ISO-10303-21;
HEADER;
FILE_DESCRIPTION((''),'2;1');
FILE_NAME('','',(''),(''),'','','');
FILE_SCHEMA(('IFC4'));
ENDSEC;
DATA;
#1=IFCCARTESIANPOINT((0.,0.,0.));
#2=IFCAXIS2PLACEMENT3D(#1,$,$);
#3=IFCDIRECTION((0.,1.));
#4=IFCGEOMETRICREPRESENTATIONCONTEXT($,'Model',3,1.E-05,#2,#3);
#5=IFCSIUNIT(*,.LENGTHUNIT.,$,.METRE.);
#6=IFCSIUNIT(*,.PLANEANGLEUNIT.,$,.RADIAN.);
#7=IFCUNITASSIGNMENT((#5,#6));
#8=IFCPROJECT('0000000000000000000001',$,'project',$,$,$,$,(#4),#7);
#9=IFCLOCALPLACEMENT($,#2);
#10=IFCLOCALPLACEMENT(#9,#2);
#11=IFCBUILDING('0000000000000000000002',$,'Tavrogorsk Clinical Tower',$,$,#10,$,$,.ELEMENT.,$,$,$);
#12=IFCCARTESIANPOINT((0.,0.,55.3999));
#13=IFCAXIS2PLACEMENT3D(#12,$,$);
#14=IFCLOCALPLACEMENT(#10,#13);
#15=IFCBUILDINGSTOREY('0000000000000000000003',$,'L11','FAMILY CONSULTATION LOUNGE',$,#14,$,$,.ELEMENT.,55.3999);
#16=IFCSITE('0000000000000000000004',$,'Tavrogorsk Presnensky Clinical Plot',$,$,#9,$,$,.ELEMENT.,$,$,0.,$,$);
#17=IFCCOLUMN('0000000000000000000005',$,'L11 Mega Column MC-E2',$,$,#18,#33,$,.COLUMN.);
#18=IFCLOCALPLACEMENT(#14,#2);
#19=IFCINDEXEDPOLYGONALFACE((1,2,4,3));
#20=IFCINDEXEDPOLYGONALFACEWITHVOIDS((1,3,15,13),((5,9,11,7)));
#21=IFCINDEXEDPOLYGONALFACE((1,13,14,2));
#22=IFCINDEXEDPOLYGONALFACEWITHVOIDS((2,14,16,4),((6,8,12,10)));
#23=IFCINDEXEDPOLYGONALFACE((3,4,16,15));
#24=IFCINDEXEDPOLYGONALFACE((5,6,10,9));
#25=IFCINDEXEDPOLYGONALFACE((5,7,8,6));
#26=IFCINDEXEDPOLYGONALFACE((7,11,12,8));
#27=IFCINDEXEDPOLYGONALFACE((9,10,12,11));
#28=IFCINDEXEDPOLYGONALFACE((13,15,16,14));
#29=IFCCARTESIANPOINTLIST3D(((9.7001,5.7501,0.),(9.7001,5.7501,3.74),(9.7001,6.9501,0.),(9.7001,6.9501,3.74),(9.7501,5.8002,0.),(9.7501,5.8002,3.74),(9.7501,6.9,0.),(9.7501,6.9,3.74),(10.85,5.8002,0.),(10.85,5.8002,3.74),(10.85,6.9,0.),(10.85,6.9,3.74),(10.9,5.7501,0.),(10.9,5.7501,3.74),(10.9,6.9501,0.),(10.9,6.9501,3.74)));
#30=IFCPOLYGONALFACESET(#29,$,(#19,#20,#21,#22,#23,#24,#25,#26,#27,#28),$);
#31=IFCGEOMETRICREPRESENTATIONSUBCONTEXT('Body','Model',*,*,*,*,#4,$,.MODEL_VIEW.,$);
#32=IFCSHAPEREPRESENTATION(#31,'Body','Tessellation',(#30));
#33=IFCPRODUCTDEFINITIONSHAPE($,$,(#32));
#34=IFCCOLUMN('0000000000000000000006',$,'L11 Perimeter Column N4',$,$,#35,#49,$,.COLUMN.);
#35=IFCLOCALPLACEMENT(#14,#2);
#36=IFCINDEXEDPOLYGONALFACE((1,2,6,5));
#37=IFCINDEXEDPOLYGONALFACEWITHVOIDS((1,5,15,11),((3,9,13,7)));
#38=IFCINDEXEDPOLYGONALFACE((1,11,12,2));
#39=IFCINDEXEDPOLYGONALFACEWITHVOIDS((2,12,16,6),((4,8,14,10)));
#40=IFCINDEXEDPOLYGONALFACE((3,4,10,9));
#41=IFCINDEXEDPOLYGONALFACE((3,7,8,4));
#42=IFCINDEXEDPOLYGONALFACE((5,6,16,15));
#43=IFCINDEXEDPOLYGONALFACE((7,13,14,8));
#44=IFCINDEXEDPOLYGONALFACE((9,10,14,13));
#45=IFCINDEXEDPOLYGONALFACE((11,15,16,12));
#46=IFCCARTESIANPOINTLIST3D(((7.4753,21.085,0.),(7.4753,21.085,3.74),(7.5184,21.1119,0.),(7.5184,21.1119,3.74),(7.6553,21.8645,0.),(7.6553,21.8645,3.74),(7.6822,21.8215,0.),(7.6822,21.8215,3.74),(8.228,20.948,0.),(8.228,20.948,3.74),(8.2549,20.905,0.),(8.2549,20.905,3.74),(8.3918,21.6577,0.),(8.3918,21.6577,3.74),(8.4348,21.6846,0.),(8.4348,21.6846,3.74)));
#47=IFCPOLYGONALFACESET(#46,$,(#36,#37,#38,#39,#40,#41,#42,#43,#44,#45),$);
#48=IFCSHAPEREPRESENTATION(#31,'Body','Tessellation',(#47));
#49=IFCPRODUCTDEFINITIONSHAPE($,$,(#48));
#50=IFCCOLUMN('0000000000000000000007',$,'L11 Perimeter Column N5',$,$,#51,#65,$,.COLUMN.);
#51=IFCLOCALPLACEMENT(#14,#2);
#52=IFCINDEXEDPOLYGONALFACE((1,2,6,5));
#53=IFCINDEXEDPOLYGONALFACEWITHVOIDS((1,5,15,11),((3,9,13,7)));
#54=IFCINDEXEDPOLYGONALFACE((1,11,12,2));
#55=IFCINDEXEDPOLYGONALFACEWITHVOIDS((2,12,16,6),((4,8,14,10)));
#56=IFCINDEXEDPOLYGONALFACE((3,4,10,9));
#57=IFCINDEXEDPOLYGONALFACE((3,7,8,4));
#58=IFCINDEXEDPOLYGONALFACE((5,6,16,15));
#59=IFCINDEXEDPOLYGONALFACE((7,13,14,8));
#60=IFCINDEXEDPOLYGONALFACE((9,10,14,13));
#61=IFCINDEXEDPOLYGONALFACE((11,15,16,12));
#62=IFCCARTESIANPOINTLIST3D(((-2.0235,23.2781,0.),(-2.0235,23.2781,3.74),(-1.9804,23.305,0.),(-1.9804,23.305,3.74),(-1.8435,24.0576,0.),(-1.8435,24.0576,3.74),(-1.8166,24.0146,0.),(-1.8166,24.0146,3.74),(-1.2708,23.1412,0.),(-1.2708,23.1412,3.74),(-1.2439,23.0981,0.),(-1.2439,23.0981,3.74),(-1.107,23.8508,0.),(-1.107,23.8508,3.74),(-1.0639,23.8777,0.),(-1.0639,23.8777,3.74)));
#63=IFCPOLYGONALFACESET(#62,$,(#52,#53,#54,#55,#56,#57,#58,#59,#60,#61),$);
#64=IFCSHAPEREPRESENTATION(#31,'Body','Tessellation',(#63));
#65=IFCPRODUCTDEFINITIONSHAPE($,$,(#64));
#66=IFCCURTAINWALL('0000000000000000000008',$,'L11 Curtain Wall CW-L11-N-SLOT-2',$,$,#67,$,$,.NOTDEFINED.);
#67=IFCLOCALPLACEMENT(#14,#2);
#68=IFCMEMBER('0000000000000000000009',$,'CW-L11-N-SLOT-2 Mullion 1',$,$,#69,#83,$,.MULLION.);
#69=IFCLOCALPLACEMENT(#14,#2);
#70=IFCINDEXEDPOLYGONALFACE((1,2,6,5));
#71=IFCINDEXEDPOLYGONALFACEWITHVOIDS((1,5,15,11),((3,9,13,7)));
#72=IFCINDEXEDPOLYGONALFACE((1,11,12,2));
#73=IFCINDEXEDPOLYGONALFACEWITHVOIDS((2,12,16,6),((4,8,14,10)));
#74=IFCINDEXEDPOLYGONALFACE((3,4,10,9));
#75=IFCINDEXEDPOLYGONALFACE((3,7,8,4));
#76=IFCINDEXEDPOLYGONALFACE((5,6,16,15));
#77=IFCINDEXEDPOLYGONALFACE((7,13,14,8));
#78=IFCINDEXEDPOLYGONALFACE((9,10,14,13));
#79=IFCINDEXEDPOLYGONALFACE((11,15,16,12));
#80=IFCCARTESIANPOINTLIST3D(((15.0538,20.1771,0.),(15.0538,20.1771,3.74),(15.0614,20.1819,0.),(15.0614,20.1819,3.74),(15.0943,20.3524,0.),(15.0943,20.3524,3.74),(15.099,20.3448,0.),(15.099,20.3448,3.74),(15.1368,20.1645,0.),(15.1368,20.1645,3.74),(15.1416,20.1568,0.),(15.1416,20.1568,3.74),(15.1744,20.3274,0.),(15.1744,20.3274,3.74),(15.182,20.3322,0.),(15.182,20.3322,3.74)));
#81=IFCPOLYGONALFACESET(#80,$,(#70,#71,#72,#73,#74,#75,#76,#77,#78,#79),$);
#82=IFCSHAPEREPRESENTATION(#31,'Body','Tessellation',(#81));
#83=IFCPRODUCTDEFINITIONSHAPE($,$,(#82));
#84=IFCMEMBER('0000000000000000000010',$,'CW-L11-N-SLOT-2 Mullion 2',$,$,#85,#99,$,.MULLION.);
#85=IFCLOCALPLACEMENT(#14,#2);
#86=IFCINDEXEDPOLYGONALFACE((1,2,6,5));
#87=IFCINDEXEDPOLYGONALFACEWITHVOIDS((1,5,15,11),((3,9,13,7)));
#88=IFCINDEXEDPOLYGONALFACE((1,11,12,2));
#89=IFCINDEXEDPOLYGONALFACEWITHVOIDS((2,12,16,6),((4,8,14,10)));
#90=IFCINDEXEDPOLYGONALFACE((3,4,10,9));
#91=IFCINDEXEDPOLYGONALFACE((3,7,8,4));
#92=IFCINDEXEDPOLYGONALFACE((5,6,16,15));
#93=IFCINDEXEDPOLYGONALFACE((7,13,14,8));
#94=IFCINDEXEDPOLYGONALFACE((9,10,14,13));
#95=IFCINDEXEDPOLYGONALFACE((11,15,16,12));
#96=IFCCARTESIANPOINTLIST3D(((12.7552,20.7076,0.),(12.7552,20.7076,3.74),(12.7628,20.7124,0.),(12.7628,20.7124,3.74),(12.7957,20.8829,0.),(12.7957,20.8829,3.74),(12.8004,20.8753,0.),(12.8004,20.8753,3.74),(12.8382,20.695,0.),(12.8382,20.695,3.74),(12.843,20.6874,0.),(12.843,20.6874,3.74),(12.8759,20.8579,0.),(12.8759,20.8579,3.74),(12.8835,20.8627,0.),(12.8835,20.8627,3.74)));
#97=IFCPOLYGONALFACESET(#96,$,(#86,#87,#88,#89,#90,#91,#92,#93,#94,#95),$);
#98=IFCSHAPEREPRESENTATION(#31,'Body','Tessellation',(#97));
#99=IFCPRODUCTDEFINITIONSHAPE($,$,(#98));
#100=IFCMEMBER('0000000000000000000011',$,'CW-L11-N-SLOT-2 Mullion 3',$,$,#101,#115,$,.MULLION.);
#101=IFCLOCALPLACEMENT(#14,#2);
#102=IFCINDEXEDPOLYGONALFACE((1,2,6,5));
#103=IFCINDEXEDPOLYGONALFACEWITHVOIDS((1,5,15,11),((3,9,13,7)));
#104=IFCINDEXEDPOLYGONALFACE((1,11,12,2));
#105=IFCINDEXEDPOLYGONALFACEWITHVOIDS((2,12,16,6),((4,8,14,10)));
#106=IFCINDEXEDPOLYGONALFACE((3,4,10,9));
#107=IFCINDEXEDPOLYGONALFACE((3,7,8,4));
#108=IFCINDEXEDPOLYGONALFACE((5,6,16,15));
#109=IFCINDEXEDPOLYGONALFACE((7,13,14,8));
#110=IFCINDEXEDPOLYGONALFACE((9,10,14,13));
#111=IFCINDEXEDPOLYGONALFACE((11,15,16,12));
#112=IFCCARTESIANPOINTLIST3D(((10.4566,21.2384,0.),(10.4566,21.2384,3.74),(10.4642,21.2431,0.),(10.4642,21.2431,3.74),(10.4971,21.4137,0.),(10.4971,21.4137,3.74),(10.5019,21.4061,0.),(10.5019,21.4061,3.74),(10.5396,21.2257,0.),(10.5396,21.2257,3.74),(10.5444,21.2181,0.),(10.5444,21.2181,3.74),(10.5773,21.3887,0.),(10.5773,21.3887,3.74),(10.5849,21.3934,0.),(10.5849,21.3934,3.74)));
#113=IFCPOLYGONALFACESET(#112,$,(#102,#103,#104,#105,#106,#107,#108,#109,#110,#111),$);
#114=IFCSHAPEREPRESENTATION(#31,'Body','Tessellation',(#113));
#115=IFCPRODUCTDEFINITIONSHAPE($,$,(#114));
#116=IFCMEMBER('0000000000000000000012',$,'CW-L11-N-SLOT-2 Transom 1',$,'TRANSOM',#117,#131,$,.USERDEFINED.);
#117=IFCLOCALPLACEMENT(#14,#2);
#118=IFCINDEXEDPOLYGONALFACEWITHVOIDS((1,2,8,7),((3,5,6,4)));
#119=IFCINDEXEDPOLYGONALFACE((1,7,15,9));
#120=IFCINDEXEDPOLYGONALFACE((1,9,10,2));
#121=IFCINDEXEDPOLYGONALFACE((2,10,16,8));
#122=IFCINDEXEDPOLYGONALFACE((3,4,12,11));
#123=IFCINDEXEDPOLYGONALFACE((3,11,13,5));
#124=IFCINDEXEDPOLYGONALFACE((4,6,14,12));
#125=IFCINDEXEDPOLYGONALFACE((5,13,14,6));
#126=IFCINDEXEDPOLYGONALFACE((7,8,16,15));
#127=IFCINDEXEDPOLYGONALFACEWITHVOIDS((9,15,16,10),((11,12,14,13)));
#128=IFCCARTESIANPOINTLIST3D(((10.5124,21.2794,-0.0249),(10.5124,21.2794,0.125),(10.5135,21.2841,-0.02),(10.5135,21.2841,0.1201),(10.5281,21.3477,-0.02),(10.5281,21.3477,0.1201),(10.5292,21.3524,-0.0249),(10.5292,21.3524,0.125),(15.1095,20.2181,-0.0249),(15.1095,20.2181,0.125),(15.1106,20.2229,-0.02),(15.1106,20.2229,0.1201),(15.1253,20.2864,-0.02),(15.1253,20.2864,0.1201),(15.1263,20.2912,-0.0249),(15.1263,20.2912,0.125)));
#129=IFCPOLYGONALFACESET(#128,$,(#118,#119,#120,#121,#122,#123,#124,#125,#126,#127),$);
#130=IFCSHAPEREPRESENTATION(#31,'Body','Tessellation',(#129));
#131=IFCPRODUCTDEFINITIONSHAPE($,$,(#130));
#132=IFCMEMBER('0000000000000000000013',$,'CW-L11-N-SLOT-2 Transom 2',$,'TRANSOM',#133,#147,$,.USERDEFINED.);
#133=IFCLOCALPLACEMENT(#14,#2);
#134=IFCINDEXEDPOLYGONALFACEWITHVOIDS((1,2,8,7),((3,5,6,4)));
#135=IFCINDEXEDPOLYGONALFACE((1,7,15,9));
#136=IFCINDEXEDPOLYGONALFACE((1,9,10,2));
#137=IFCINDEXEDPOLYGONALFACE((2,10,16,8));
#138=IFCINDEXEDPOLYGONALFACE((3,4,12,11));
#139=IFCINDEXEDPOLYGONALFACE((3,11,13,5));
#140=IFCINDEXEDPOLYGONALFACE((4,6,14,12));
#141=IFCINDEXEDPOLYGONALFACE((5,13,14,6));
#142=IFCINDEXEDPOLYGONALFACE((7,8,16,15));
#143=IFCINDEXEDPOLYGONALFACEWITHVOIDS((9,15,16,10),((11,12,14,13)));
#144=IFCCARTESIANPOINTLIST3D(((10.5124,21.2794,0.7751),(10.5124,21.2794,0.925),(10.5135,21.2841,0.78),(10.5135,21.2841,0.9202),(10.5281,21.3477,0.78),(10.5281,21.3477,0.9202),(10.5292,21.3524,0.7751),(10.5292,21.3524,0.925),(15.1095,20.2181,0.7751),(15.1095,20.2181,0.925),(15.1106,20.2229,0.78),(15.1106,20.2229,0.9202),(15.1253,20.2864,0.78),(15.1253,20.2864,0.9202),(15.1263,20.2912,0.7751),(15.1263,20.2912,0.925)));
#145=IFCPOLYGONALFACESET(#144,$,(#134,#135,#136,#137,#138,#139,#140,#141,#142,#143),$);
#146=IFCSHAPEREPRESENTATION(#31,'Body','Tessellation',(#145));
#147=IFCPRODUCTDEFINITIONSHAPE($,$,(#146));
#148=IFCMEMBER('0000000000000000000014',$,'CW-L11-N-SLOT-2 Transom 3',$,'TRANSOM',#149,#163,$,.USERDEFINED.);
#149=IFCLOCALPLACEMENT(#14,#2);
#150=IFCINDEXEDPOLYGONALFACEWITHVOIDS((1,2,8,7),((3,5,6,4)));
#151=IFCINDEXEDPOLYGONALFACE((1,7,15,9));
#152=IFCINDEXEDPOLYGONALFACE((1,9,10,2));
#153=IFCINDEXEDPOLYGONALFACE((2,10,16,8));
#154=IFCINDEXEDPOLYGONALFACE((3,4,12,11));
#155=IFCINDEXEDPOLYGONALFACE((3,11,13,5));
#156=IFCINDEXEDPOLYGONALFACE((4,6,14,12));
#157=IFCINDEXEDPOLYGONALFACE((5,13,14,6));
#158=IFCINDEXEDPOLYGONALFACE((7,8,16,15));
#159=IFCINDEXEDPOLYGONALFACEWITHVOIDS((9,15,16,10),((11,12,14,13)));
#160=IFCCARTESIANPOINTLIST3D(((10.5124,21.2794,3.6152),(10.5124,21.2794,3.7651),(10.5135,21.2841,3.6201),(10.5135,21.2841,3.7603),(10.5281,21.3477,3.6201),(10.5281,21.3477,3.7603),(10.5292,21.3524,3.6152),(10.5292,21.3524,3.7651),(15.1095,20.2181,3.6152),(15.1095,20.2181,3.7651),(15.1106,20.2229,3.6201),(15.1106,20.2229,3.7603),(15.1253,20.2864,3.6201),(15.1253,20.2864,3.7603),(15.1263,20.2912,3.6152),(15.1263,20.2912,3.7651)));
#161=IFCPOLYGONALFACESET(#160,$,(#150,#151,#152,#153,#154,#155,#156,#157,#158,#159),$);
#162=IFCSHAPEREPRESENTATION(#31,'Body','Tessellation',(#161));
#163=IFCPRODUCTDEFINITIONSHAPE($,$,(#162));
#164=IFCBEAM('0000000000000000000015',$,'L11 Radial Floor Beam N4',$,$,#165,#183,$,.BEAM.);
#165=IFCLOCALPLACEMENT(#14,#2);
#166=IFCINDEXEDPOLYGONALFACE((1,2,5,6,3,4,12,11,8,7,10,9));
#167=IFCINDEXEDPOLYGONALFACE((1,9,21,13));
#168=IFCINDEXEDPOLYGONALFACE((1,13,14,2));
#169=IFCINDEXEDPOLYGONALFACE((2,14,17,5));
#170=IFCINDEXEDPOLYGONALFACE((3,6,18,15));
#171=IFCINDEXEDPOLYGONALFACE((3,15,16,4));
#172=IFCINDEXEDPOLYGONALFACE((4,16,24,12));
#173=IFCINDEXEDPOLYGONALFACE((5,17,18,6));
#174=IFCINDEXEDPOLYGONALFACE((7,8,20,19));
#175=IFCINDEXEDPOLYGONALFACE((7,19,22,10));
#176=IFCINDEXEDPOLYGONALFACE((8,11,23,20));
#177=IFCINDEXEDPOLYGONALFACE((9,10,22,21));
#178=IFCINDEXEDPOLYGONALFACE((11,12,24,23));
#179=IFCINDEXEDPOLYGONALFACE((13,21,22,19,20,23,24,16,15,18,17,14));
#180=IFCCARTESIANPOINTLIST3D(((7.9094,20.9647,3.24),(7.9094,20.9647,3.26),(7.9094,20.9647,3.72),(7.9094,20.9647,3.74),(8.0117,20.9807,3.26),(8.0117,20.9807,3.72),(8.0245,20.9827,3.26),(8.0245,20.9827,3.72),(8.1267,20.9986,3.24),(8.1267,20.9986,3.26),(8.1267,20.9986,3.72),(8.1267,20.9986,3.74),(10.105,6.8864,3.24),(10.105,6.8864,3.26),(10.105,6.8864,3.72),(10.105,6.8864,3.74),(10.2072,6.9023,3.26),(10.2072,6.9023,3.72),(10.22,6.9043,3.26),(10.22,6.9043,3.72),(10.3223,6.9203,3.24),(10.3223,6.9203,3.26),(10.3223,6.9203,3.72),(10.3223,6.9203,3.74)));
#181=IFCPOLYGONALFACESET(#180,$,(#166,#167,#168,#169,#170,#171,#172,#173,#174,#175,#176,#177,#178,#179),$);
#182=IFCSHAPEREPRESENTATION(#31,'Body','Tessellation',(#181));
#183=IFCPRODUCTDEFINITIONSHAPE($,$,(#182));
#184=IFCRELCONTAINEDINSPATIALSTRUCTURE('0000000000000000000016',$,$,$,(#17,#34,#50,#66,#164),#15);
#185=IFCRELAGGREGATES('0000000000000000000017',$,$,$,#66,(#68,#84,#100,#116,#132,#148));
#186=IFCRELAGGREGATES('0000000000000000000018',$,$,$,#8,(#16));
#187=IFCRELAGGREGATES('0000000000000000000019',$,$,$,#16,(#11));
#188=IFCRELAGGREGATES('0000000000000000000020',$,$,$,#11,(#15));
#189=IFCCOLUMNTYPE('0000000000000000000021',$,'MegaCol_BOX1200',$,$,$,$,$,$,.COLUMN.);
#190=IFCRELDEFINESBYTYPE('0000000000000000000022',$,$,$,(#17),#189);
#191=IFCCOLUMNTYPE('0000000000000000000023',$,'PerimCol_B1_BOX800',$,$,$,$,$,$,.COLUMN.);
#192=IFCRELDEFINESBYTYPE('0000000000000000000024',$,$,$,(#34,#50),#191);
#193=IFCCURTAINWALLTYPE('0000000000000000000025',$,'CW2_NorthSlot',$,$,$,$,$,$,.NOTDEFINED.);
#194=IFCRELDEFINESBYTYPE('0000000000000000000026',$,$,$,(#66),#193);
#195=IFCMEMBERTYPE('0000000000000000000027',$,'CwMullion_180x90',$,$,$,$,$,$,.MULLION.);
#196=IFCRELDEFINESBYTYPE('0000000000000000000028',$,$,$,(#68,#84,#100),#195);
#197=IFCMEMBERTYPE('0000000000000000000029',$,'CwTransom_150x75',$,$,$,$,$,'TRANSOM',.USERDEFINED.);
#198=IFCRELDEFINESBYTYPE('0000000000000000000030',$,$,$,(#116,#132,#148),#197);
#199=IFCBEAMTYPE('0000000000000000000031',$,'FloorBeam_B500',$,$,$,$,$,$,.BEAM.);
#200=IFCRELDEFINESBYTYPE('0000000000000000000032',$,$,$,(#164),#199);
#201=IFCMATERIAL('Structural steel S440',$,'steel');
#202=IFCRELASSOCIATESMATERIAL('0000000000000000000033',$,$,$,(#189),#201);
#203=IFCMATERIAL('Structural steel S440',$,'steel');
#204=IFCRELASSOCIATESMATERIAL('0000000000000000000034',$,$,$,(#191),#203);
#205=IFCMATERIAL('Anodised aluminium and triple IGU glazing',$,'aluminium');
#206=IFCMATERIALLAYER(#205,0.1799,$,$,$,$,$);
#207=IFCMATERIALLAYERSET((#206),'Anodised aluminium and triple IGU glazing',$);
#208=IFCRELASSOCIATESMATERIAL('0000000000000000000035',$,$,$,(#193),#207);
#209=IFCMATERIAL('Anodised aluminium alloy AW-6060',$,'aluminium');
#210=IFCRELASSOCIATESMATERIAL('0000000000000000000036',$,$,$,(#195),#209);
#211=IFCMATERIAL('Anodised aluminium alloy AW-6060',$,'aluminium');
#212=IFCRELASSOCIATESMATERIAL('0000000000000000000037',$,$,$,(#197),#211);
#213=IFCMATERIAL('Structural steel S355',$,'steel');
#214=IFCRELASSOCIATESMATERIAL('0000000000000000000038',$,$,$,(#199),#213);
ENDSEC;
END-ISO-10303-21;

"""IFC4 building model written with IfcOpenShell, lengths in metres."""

from ifc_helpers import new_model, si_unit, direction, frame, origin, origin_2d, place, context, subcontext, project, spatial, hollow_rectangle, i_section, extrude, material, layer, layer_set, material_profile, profile_set, type_object, element, aggregate, save


model = new_model("IFC4")

# Units and contexts
model_context = context("Model", 3, precision=1e-05, world=origin(), true_north=direction((0.0, 1.0)))
body_context = subcontext(model_context, "Body", "Model", "MODEL_VIEW")
ifc_project = project(units=[si_unit("LENGTHUNIT", "METRE"), si_unit("PLANEANGLEUNIT", "RADIAN")], contexts=[model_context])

# Site, building, storey
site_placement = place(None, origin())
site = spatial("IfcSite", under=ifc_project, at=site_placement, Name="Tavrogorsk Presnensky Clinical Plot", CompositionType="ELEMENT", RefElevation=0.0)
building_placement = place(site_placement, origin())
building = spatial("IfcBuilding", under=site, at=building_placement, Name="Tavrogorsk Clinical Tower", CompositionType="ELEMENT")
storey_placement = place(building_placement, frame((0.0, 0.0, 55.3999)))
storey = spatial("IfcBuildingStorey", under=building, at=storey_placement, Name="L11", Description="FAMILY CONSULTATION LOUNGE", CompositionType="ELEMENT", Elevation=55.3999)

# Columns
ifc_material_1 = material(Name="Structural steel S440", Category="steel")
ifc_material_profile_1 = material_profile(ifc_material_1, hollow_rectangle(XDim=1.2, YDim=1.2, WallThickness=0.05, at=origin_2d()), Name="BOX-1200x1200x50")
ifc_profile_set_1 = profile_set([ifc_material_profile_1], Name="Structural steel S440")
column_type_1 = type_object("IfcColumnType", Name="MegaCol_BOX1200", PredefinedType="COLUMN", material=ifc_profile_set_1)
column_placement = place(storey_placement, frame((10.3, 6.3501, 0.0), z_axis=(0.0, 0.0, 1.0), x_axis=(1.0, 0.0, 0.0)))
element("IfcColumn", 1, at=column_placement, inside=storey, type_object=column_type_1, Name="L11 Mega Column MC-E2", PredefinedType="COLUMN", context=body_context, shape_type="SweptSolid", body=[
    extrude(hollow_rectangle(XDim=1.2, YDim=1.2, WallThickness=0.05, at=origin_2d()), origin(), (0.0, 0.0, 1.0), 3.74),
])
ifc_material_2 = material(Name="Structural steel S440", Category="steel")
ifc_material_profile_2 = material_profile(ifc_material_2, hollow_rectangle(XDim=0.8, YDim=0.8, WallThickness=0.0359, at=origin_2d()), Name="BOX-800x800x36")
ifc_profile_set_2 = profile_set([ifc_material_profile_2], Name="Structural steel S440")
column_type_2 = type_object("IfcColumnType", Name="PerimCol_B1_BOX800", PredefinedType="COLUMN", material=ifc_profile_set_2)
for number, where, z_axis, x_axis, name in (
    (2, (7.9551, 21.3848, 0.0), (0.0, 0.0, 1.0), (0.97437, -0.224951, 0.0), "L11 Perimeter Column N4"),
    (3, (-1.5437, 23.5779, 0.0), (0.0, 0.0, 1.0), (0.97437, -0.224951, 0.0), "L11 Perimeter Column N5"),
):
    element("IfcColumn", number, at=place(storey_placement, frame(where, z_axis=z_axis, x_axis=x_axis)), inside=storey, type_object=column_type_2, Name=name, PredefinedType="COLUMN", context=body_context, shape_type="SweptSolid", body=[
        extrude(hollow_rectangle(XDim=0.8, YDim=0.8, WallThickness=0.0359, at=origin_2d()), origin(), (0.0, 0.0, 1.0), 3.74),
    ])

# Curtain wall, members
ifc_material_3 = material(Name="Anodised aluminium and triple IGU glazing", Category="aluminium")
ifc_layer_1 = layer(ifc_material_3, 0.1799)
ifc_layer_set_1 = layer_set([ifc_layer_1], Name="Anodised aluminium and triple IGU glazing")
curtain_wall_type = type_object("IfcCurtainWallType", Name="CW2_NorthSlot", PredefinedType="NOTDEFINED", material=ifc_layer_set_1)
curtain_wall_placement = place(storey_placement, origin())
curtain_wall = element("IfcCurtainWall", 4, at=curtain_wall_placement, inside=storey, type_object=curtain_wall_type, Name="L11 Curtain Wall CW-L11-N-SLOT-2", PredefinedType="NOTDEFINED")
ifc_material_4 = material(Name="Anodised aluminium alloy AW-6060", Category="aluminium")
ifc_material_profile_3 = material_profile(ifc_material_4, hollow_rectangle(XDim=0.0901, YDim=0.1799, WallThickness=0.0063, at=origin_2d()), Name="RHS-180x90x6.3")
ifc_profile_set_3 = profile_set([ifc_material_profile_3], Name="Anodised aluminium alloy AW-6060")
member_type_1 = type_object("IfcMemberType", Name="CwMullion_180x90", PredefinedType="MULLION", material=ifc_profile_set_3)
member_1_placement = place(storey_placement, frame((15.1179, 20.2546, 0.0), z_axis=(0.0, 0.0, 1.0), x_axis=(-0.97437, 0.224951, 0.0)))
member_1 = element("IfcMember", 5, at=member_1_placement, type_object=member_type_1, Name="CW-L11-N-SLOT-2 Mullion 1", PredefinedType="MULLION", context=body_context, shape_type="SweptSolid", body=[
    extrude(hollow_rectangle(XDim=0.0901, YDim=0.1799, WallThickness=0.0063, at=origin_2d()), origin(), (0.0, 0.0, 1.0), 3.74),
])
member_2_placement = place(storey_placement, frame((12.8193, 20.7852, 0.0), z_axis=(0.0, 0.0, 1.0), x_axis=(-0.97437, 0.224951, 0.0)))
member_2 = element("IfcMember", 6, at=member_2_placement, type_object=member_type_1, Name="CW-L11-N-SLOT-2 Mullion 2", PredefinedType="MULLION", context=body_context, shape_type="SweptSolid", body=[
    extrude(hollow_rectangle(XDim=0.0901, YDim=0.1799, WallThickness=0.0063, at=origin_2d()), origin(), (0.0, 0.0, 1.0), 3.74),
])
member_3_placement = place(storey_placement, frame((10.5208, 21.3159, 0.0), z_axis=(0.0, 0.0, 1.0), x_axis=(-0.97437, 0.224951, 0.0)))
member_3 = element("IfcMember", 7, at=member_3_placement, type_object=member_type_1, Name="CW-L11-N-SLOT-2 Mullion 3", PredefinedType="MULLION", context=body_context, shape_type="SweptSolid", body=[
    extrude(hollow_rectangle(XDim=0.0901, YDim=0.1799, WallThickness=0.0063, at=origin_2d()), origin(), (0.0, 0.0, 1.0), 3.74),
])
ifc_material_5 = material(Name="Anodised aluminium alloy AW-6060", Category="aluminium")
ifc_material_profile_4 = material_profile(ifc_material_5, hollow_rectangle(XDim=0.075, YDim=0.1499, WallThickness=0.0049, at=origin_2d()), Name="RHS-150x75x5")
ifc_profile_set_4 = profile_set([ifc_material_profile_4], Name="Anodised aluminium alloy AW-6060")
member_type_2 = type_object("IfcMemberType", Name="CwTransom_150x75", ElementType="TRANSOM", PredefinedType="USERDEFINED", material=ifc_profile_set_4)
member_4_placement = place(storey_placement, frame((15.1179, 20.2546, 0.05), z_axis=(-0.974373, 0.224939, 0.0), x_axis=(-0.224939, -0.974373, 0.0)))
member_4 = element("IfcMember", 8, at=member_4_placement, type_object=member_type_2, Name="CW-L11-N-SLOT-2 Transom 1", ObjectType="TRANSOM", PredefinedType="USERDEFINED", context=body_context, shape_type="SweptSolid", body=[
    extrude(hollow_rectangle(XDim=0.075, YDim=0.1499, WallThickness=0.0049, at=origin_2d()), origin(), (0.0, 0.0, 1.0), 4.718),
])
member_5_placement = place(storey_placement, frame((15.1179, 20.2546, 0.8501), z_axis=(-0.974373, 0.224939, 0.0), x_axis=(-0.224939, -0.974373, 0.0)))
member_5 = element("IfcMember", 9, at=member_5_placement, type_object=member_type_2, Name="CW-L11-N-SLOT-2 Transom 2", ObjectType="TRANSOM", PredefinedType="USERDEFINED", context=body_context, shape_type="SweptSolid", body=[
    extrude(hollow_rectangle(XDim=0.075, YDim=0.1499, WallThickness=0.0049, at=origin_2d()), origin(), (0.0, 0.0, 1.0), 4.718),
])
member_6_placement = place(storey_placement, frame((15.1179, 20.2546, 3.6902), z_axis=(-0.974373, 0.224939, 0.0), x_axis=(-0.224939, -0.974373, 0.0)))
member_6 = element("IfcMember", 10, at=member_6_placement, type_object=member_type_2, Name="CW-L11-N-SLOT-2 Transom 3", ObjectType="TRANSOM", PredefinedType="USERDEFINED", context=body_context, shape_type="SweptSolid", body=[
    extrude(hollow_rectangle(XDim=0.075, YDim=0.1499, WallThickness=0.0049, at=origin_2d()), origin(), (0.0, 0.0, 1.0), 4.718),
])

# Beam
ifc_material_6 = material(Name="Structural steel S355", Category="steel")
ifc_material_profile_5 = material_profile(ifc_material_6, i_section(OverallWidth=0.22, OverallDepth=0.5, WebThickness=0.0129, FlangeThickness=0.02, at=origin_2d()), Name="B-500x220x13x20")
ifc_profile_set_5 = profile_set([ifc_material_profile_5], Name="Structural steel S355")
beam_type_1 = type_object("IfcBeamType", Name="FloorBeam_B500", PredefinedType="BEAM", material=ifc_profile_set_5)
beam_placement = place(storey_placement, frame((10.2136, 6.9033, 3.49), z_axis=(-0.15409, 0.988057, 0.0), x_axis=(-0.988057, -0.15409, 0.0)))
element("IfcBeam", 11, at=beam_placement, inside=storey, type_object=beam_type_1, Name="L11 Radial Floor Beam N4", PredefinedType="BEAM", context=body_context, shape_type="SweptSolid", body=[
    extrude(i_section(OverallWidth=0.22, OverallDepth=0.5, WebThickness=0.0129, FlangeThickness=0.02, at=origin_2d()), origin(), (0.0, 0.0, 1.0), 14.2485),
])

aggregate(curtain_wall, [member_1, member_2, member_3, member_4, member_5, member_6])

save(model, "model.ifc")
